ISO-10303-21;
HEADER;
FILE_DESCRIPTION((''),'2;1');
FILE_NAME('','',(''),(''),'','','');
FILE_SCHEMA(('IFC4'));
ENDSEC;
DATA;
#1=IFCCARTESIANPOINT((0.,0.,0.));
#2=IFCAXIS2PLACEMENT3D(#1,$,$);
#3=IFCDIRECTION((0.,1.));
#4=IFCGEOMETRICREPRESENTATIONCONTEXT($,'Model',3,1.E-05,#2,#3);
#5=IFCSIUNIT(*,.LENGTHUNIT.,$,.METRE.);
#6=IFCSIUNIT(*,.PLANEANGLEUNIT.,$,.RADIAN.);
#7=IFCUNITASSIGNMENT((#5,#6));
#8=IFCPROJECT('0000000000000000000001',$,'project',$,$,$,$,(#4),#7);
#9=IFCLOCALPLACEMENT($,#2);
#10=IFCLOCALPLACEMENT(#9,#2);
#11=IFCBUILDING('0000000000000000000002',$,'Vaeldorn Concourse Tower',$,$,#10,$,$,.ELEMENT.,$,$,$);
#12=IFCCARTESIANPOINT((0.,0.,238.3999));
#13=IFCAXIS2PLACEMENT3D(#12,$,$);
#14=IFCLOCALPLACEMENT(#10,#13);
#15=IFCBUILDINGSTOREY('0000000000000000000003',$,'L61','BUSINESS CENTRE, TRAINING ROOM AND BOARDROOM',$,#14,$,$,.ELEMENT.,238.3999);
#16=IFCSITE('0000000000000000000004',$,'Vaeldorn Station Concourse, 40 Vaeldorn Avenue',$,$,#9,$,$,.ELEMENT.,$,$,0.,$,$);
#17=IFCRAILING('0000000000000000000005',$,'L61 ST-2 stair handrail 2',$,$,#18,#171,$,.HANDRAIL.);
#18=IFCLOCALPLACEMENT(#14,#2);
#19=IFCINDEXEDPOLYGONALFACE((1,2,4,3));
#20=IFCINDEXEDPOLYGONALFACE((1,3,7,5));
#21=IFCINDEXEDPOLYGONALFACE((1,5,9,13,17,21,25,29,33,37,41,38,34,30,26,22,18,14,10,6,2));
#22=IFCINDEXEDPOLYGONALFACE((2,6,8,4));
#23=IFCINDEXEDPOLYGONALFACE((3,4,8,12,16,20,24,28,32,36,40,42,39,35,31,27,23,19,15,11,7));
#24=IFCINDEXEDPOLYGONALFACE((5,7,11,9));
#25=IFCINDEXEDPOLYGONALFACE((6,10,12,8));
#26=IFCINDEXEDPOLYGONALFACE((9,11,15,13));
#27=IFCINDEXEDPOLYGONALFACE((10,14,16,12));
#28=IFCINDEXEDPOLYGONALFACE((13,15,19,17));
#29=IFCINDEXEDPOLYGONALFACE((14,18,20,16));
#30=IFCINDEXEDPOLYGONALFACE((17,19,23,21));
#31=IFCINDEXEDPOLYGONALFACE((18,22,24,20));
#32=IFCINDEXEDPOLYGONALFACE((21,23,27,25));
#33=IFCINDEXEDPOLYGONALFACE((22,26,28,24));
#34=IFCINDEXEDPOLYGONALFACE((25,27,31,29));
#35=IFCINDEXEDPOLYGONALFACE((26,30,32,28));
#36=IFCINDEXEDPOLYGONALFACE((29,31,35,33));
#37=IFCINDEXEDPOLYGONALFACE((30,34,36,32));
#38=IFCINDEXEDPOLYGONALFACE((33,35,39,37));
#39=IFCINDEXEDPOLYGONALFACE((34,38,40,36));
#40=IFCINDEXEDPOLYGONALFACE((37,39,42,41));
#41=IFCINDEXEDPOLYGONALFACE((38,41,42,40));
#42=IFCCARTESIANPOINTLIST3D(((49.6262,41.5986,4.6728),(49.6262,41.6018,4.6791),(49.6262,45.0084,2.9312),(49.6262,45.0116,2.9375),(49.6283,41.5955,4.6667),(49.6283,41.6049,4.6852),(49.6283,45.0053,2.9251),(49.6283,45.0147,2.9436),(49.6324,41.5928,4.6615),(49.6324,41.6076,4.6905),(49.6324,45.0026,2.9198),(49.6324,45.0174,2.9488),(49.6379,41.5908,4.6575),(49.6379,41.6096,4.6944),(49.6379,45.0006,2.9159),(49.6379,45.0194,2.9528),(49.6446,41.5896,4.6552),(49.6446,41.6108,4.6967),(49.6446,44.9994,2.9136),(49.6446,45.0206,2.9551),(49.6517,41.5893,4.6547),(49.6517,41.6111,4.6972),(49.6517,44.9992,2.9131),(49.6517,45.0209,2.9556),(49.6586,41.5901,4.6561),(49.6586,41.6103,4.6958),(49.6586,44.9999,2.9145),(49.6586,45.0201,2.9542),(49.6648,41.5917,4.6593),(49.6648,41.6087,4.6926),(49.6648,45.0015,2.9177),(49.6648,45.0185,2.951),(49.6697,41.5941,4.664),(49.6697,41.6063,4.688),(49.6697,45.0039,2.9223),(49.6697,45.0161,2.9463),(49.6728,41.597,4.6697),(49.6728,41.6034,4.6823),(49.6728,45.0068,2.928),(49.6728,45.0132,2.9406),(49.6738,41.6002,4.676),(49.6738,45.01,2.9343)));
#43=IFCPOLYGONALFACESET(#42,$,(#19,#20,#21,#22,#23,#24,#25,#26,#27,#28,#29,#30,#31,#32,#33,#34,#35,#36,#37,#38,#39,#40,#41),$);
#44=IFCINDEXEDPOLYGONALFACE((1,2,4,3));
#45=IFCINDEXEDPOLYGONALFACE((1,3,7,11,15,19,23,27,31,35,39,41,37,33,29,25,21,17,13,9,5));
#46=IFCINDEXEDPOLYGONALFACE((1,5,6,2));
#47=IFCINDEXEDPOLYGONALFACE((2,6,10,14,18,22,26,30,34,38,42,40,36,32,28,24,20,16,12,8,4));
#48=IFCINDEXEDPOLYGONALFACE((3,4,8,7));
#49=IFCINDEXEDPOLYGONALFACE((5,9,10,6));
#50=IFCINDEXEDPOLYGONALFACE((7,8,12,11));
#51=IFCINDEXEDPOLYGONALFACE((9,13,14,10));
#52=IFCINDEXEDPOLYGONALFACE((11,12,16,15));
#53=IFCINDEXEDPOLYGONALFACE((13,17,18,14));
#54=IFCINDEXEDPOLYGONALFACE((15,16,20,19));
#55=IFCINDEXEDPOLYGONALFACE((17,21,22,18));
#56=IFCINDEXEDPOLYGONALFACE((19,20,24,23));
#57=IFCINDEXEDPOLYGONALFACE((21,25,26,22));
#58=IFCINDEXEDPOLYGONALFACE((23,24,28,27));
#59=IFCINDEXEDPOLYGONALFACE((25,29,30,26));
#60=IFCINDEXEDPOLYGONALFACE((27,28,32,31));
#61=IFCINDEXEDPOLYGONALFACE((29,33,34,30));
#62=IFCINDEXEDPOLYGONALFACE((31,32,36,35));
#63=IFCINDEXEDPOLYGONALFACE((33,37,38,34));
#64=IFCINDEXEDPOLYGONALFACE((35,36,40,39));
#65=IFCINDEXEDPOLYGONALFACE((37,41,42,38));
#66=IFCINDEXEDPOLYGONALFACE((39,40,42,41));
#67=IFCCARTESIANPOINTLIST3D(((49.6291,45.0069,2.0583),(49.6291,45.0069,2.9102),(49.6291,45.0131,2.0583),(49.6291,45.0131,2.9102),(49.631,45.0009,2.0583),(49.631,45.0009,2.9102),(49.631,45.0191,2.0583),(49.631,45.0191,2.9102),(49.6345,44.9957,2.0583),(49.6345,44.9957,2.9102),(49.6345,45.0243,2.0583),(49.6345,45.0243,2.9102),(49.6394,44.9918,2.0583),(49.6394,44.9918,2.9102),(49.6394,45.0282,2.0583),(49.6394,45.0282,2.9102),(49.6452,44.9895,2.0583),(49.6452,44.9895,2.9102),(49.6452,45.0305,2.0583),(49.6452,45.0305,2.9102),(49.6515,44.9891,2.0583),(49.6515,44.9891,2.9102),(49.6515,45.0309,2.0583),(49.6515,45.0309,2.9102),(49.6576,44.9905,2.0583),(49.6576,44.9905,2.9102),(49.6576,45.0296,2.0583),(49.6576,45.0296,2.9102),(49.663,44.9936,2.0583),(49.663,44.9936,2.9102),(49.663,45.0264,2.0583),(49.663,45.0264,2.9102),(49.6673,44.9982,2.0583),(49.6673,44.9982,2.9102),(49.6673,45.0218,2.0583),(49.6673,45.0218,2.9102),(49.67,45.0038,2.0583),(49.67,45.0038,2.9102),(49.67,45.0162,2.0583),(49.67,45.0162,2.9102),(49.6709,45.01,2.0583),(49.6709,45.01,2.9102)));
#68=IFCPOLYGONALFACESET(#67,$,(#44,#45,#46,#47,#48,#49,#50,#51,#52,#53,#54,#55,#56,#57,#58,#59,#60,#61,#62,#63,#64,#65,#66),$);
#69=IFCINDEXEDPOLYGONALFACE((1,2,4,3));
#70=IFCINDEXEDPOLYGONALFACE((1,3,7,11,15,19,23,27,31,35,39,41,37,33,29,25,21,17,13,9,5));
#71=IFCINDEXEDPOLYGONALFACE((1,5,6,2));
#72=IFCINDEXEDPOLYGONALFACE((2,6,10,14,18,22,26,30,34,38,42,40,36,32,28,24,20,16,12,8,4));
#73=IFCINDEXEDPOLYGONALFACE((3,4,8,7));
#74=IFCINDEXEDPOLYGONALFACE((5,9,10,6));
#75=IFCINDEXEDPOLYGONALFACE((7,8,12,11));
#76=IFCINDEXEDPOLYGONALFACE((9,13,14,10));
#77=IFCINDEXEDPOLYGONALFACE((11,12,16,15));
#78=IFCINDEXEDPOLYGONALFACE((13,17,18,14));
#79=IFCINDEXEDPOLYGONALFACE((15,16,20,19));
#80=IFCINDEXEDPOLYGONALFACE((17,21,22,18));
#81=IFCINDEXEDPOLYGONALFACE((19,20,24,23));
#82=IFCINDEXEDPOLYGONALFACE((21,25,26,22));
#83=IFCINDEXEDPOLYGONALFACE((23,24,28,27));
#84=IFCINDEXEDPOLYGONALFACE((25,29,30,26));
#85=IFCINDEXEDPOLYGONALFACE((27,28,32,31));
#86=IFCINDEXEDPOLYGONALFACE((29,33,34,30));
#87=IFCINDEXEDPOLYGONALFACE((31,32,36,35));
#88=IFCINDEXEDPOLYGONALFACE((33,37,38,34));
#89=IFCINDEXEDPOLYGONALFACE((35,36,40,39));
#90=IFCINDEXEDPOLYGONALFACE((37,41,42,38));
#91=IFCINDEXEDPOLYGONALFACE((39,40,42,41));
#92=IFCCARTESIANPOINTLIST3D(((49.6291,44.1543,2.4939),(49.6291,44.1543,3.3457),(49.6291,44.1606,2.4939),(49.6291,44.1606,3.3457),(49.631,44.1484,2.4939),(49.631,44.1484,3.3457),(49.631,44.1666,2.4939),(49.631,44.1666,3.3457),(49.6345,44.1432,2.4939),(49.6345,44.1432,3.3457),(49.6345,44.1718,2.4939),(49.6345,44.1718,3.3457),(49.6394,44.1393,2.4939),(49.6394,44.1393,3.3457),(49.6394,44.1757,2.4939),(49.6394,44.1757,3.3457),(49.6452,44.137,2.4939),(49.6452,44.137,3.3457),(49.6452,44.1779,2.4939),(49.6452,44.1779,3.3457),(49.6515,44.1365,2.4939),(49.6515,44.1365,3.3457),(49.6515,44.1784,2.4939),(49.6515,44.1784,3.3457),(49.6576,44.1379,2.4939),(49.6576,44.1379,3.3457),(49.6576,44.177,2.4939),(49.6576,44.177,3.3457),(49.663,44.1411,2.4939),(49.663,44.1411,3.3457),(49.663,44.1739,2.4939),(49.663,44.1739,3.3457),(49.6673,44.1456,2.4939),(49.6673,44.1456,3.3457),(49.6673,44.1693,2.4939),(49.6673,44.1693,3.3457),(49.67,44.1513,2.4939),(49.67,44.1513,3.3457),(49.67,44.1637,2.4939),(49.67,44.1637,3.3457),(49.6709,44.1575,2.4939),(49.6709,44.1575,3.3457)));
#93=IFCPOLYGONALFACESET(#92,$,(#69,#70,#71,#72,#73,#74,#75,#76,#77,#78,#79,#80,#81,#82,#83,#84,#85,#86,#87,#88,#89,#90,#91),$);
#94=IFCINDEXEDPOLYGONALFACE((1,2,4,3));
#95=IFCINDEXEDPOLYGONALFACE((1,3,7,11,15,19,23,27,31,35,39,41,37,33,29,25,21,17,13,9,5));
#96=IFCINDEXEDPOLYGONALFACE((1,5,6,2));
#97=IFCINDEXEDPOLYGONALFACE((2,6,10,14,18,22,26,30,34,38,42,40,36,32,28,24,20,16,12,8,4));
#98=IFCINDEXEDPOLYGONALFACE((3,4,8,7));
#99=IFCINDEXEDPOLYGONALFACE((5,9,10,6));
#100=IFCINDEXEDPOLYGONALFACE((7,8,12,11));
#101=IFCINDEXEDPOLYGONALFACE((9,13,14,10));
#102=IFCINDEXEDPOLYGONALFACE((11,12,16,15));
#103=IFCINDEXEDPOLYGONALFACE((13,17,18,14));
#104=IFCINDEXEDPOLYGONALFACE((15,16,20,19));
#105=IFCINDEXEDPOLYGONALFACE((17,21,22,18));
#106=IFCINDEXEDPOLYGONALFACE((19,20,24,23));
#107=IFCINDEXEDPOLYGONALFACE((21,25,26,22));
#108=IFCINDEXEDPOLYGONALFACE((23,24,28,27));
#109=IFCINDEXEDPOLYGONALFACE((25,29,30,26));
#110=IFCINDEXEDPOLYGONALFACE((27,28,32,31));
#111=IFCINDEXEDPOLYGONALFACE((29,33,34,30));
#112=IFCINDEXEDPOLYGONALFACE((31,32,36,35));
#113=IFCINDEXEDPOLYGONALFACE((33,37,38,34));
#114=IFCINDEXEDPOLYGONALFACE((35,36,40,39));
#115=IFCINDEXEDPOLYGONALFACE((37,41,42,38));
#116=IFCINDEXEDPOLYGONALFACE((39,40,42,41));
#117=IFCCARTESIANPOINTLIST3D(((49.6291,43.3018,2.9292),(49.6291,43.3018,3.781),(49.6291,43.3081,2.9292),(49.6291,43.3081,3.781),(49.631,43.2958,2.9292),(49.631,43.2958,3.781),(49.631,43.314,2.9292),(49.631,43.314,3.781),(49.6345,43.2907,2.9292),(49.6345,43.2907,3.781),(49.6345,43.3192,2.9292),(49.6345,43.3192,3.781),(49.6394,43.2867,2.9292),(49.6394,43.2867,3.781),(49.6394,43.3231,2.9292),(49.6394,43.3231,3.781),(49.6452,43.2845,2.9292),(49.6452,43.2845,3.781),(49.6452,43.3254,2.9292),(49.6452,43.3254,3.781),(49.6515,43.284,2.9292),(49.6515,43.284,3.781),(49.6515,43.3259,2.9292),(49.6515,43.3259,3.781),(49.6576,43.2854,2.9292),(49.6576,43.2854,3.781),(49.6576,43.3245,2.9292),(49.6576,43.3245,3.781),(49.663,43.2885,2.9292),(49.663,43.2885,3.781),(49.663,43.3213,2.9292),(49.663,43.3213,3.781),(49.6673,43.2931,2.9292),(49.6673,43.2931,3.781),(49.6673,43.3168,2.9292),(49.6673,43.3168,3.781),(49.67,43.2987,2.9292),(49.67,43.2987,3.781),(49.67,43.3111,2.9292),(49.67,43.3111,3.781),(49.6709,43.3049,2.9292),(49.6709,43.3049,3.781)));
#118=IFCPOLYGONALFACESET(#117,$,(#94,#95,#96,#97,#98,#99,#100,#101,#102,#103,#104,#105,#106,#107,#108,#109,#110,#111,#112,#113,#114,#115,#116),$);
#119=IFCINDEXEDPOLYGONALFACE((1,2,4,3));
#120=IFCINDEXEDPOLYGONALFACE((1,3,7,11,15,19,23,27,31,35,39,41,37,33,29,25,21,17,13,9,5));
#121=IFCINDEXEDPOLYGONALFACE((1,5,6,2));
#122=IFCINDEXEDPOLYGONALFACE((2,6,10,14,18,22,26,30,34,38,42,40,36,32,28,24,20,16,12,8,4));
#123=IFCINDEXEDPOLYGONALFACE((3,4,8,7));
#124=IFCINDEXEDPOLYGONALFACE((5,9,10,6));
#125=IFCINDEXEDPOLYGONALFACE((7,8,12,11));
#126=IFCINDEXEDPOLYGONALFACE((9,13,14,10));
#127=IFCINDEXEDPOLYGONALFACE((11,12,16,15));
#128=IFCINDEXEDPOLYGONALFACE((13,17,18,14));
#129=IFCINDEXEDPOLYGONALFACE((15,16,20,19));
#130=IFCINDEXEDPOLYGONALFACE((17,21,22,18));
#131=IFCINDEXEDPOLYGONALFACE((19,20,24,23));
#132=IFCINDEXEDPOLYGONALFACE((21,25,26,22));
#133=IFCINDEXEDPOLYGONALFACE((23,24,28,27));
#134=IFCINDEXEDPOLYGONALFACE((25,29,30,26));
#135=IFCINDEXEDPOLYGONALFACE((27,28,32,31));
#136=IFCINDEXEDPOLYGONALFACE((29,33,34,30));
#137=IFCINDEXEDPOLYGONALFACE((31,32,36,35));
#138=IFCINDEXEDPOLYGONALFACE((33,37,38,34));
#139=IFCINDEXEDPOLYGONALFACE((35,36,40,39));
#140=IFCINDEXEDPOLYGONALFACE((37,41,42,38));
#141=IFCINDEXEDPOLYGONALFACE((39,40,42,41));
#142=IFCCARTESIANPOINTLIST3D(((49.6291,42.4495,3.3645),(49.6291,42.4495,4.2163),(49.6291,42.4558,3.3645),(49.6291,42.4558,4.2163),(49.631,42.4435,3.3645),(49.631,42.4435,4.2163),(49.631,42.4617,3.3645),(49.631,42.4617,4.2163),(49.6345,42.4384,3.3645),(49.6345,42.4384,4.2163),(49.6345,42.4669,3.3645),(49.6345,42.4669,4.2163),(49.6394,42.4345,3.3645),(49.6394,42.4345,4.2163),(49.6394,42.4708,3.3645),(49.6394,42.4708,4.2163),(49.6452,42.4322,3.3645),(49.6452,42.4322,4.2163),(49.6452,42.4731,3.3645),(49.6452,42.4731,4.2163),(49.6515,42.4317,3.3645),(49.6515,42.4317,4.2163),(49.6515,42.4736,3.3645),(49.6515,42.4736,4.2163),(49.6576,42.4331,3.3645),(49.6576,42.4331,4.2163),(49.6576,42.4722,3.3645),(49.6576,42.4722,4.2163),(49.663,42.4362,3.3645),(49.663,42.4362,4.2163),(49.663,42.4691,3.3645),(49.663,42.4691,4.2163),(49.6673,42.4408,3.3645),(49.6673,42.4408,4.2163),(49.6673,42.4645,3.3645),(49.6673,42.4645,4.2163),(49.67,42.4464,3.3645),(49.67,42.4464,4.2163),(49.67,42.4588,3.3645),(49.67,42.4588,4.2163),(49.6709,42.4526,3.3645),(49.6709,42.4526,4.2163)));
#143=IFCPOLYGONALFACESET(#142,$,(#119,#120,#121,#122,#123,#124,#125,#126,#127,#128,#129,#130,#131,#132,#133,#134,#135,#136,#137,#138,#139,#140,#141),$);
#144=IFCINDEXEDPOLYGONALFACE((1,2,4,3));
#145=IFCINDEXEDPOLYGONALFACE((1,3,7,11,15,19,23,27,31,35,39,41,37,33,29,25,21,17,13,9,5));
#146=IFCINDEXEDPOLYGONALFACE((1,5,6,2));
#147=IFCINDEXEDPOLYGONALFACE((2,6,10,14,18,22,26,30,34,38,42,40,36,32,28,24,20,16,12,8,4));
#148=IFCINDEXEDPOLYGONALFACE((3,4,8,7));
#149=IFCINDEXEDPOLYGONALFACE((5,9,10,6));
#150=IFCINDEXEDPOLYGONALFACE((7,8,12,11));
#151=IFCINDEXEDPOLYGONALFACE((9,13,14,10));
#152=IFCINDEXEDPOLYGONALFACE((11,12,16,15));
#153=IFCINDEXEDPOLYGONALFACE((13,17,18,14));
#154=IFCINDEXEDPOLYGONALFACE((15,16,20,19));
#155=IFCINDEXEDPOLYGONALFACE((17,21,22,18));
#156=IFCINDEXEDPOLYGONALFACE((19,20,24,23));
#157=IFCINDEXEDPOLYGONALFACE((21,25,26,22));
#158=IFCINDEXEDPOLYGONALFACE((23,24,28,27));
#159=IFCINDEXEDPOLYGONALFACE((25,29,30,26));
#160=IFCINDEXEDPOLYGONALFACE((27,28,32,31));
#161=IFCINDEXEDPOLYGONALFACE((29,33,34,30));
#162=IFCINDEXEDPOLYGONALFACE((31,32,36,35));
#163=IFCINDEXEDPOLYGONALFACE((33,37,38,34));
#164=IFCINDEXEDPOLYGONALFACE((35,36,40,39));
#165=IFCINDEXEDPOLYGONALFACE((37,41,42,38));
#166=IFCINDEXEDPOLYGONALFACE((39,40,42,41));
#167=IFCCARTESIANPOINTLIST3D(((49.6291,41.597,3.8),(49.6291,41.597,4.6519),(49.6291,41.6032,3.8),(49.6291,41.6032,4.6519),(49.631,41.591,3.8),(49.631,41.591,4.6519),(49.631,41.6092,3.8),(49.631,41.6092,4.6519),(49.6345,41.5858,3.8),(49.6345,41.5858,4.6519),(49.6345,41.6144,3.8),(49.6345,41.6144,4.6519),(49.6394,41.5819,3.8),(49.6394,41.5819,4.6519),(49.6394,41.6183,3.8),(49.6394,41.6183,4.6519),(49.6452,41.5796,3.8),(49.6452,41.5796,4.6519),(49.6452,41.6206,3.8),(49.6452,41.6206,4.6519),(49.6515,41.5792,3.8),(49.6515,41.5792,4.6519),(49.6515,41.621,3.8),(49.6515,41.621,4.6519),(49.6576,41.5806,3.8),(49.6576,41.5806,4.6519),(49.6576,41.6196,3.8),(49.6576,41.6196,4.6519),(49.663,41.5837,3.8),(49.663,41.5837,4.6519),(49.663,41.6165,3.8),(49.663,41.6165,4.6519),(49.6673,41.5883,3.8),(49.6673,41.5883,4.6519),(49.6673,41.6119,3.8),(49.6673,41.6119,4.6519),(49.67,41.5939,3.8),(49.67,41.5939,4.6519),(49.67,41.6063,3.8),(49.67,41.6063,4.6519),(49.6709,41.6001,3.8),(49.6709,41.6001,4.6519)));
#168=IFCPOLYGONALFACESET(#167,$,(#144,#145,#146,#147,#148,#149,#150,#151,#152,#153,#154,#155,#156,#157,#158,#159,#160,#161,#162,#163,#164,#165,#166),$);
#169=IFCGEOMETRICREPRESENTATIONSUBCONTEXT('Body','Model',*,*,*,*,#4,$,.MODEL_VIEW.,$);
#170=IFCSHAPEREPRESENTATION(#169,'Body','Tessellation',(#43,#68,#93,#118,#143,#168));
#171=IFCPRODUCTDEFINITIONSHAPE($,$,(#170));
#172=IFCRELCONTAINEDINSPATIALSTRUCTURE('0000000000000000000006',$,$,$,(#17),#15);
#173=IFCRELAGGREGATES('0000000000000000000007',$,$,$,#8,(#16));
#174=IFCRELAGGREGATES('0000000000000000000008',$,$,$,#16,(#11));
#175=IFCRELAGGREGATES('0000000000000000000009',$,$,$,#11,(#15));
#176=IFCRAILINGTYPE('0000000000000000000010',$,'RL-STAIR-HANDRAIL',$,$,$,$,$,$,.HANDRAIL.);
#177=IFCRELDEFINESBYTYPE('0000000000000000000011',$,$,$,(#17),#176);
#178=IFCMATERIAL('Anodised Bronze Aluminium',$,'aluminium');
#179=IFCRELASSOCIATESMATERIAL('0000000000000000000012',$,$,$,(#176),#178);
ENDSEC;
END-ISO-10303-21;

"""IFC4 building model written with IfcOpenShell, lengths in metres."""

from ifc_helpers import new_model, si_unit, direction, frame, origin, origin_2d, place, context, subcontext, project, spatial, circle, extrude, material, type_object, element, save


model = new_model("IFC4")

# Units and contexts
model_context = context("Model", 3, precision=1e-05, world=origin(), true_north=direction((0.0, 1.0)))
body_context = subcontext(model_context, "Body", "Model", "MODEL_VIEW")
ifc_project = project(units=[si_unit("LENGTHUNIT", "METRE"), si_unit("PLANEANGLEUNIT", "RADIAN")], contexts=[model_context])

# Site, building, storey
site_placement = place(None, origin())
site = spatial("IfcSite", under=ifc_project, at=site_placement, Name="Vaeldorn Station Concourse, 40 Vaeldorn Avenue", CompositionType="ELEMENT", RefElevation=0.0)
building_placement = place(site_placement, origin())
building = spatial("IfcBuilding", under=site, at=building_placement, Name="Vaeldorn Concourse Tower", CompositionType="ELEMENT")
storey_placement = place(building_placement, frame((0.0, 0.0, 238.3999)))
storey = spatial("IfcBuildingStorey", under=building, at=storey_placement, Name="L61", Description="BUSINESS CENTRE, TRAINING ROOM AND BOARDROOM", CompositionType="ELEMENT", Elevation=238.3999)

# Shared definitions
ifc_material_1 = material(Name="Anodised Bronze Aluminium", Category="aluminium")

# Railing
railing_type = type_object("IfcRailingType", Name="RL-STAIR-HANDRAIL", PredefinedType="HANDRAIL", material=ifc_material_1)
railing_placement = place(storey_placement, frame((49.6499, 45.01, 2.0583)))
element("IfcRailing", 1, at=railing_placement, inside=storey, type_object=railing_type, Name="L61 ST-2 stair handrail 2", PredefinedType="HANDRAIL", context=body_context, shape_type="SweptSolid", body=[
    extrude(circle(Radius=0.0239, at=origin_2d()), frame((0.0, 0.0, 0.876), z_axis=(0.0, -0.890556, 0.454874), x_axis=(1.0, 0.0, 0.0)), (0.0, 0.0, 1.0), 3.8289),
    extrude(circle(Radius=0.021, at=origin_2d()), origin(), (0.0, 0.0, 1.0), 0.8518),
    extrude(circle(Radius=0.021, at=origin_2d()), frame((0.0, -0.8525, 0.4355)), (0.0, 0.0, 1.0), 0.8518),
    extrude(circle(Radius=0.021, at=origin_2d()), frame((0.0, -1.7051, 0.8708)), (0.0, 0.0, 1.0), 0.8518),
    extrude(circle(Radius=0.021, at=origin_2d()), frame((0.0, -2.5574, 1.3062)), (0.0, 0.0, 1.0), 0.8518),
    extrude(circle(Radius=0.021, at=origin_2d()), frame((0.0, -3.4099, 1.7417)), (0.0, 0.0, 1.0), 0.8518),
])

save(model, "model.ifc")
